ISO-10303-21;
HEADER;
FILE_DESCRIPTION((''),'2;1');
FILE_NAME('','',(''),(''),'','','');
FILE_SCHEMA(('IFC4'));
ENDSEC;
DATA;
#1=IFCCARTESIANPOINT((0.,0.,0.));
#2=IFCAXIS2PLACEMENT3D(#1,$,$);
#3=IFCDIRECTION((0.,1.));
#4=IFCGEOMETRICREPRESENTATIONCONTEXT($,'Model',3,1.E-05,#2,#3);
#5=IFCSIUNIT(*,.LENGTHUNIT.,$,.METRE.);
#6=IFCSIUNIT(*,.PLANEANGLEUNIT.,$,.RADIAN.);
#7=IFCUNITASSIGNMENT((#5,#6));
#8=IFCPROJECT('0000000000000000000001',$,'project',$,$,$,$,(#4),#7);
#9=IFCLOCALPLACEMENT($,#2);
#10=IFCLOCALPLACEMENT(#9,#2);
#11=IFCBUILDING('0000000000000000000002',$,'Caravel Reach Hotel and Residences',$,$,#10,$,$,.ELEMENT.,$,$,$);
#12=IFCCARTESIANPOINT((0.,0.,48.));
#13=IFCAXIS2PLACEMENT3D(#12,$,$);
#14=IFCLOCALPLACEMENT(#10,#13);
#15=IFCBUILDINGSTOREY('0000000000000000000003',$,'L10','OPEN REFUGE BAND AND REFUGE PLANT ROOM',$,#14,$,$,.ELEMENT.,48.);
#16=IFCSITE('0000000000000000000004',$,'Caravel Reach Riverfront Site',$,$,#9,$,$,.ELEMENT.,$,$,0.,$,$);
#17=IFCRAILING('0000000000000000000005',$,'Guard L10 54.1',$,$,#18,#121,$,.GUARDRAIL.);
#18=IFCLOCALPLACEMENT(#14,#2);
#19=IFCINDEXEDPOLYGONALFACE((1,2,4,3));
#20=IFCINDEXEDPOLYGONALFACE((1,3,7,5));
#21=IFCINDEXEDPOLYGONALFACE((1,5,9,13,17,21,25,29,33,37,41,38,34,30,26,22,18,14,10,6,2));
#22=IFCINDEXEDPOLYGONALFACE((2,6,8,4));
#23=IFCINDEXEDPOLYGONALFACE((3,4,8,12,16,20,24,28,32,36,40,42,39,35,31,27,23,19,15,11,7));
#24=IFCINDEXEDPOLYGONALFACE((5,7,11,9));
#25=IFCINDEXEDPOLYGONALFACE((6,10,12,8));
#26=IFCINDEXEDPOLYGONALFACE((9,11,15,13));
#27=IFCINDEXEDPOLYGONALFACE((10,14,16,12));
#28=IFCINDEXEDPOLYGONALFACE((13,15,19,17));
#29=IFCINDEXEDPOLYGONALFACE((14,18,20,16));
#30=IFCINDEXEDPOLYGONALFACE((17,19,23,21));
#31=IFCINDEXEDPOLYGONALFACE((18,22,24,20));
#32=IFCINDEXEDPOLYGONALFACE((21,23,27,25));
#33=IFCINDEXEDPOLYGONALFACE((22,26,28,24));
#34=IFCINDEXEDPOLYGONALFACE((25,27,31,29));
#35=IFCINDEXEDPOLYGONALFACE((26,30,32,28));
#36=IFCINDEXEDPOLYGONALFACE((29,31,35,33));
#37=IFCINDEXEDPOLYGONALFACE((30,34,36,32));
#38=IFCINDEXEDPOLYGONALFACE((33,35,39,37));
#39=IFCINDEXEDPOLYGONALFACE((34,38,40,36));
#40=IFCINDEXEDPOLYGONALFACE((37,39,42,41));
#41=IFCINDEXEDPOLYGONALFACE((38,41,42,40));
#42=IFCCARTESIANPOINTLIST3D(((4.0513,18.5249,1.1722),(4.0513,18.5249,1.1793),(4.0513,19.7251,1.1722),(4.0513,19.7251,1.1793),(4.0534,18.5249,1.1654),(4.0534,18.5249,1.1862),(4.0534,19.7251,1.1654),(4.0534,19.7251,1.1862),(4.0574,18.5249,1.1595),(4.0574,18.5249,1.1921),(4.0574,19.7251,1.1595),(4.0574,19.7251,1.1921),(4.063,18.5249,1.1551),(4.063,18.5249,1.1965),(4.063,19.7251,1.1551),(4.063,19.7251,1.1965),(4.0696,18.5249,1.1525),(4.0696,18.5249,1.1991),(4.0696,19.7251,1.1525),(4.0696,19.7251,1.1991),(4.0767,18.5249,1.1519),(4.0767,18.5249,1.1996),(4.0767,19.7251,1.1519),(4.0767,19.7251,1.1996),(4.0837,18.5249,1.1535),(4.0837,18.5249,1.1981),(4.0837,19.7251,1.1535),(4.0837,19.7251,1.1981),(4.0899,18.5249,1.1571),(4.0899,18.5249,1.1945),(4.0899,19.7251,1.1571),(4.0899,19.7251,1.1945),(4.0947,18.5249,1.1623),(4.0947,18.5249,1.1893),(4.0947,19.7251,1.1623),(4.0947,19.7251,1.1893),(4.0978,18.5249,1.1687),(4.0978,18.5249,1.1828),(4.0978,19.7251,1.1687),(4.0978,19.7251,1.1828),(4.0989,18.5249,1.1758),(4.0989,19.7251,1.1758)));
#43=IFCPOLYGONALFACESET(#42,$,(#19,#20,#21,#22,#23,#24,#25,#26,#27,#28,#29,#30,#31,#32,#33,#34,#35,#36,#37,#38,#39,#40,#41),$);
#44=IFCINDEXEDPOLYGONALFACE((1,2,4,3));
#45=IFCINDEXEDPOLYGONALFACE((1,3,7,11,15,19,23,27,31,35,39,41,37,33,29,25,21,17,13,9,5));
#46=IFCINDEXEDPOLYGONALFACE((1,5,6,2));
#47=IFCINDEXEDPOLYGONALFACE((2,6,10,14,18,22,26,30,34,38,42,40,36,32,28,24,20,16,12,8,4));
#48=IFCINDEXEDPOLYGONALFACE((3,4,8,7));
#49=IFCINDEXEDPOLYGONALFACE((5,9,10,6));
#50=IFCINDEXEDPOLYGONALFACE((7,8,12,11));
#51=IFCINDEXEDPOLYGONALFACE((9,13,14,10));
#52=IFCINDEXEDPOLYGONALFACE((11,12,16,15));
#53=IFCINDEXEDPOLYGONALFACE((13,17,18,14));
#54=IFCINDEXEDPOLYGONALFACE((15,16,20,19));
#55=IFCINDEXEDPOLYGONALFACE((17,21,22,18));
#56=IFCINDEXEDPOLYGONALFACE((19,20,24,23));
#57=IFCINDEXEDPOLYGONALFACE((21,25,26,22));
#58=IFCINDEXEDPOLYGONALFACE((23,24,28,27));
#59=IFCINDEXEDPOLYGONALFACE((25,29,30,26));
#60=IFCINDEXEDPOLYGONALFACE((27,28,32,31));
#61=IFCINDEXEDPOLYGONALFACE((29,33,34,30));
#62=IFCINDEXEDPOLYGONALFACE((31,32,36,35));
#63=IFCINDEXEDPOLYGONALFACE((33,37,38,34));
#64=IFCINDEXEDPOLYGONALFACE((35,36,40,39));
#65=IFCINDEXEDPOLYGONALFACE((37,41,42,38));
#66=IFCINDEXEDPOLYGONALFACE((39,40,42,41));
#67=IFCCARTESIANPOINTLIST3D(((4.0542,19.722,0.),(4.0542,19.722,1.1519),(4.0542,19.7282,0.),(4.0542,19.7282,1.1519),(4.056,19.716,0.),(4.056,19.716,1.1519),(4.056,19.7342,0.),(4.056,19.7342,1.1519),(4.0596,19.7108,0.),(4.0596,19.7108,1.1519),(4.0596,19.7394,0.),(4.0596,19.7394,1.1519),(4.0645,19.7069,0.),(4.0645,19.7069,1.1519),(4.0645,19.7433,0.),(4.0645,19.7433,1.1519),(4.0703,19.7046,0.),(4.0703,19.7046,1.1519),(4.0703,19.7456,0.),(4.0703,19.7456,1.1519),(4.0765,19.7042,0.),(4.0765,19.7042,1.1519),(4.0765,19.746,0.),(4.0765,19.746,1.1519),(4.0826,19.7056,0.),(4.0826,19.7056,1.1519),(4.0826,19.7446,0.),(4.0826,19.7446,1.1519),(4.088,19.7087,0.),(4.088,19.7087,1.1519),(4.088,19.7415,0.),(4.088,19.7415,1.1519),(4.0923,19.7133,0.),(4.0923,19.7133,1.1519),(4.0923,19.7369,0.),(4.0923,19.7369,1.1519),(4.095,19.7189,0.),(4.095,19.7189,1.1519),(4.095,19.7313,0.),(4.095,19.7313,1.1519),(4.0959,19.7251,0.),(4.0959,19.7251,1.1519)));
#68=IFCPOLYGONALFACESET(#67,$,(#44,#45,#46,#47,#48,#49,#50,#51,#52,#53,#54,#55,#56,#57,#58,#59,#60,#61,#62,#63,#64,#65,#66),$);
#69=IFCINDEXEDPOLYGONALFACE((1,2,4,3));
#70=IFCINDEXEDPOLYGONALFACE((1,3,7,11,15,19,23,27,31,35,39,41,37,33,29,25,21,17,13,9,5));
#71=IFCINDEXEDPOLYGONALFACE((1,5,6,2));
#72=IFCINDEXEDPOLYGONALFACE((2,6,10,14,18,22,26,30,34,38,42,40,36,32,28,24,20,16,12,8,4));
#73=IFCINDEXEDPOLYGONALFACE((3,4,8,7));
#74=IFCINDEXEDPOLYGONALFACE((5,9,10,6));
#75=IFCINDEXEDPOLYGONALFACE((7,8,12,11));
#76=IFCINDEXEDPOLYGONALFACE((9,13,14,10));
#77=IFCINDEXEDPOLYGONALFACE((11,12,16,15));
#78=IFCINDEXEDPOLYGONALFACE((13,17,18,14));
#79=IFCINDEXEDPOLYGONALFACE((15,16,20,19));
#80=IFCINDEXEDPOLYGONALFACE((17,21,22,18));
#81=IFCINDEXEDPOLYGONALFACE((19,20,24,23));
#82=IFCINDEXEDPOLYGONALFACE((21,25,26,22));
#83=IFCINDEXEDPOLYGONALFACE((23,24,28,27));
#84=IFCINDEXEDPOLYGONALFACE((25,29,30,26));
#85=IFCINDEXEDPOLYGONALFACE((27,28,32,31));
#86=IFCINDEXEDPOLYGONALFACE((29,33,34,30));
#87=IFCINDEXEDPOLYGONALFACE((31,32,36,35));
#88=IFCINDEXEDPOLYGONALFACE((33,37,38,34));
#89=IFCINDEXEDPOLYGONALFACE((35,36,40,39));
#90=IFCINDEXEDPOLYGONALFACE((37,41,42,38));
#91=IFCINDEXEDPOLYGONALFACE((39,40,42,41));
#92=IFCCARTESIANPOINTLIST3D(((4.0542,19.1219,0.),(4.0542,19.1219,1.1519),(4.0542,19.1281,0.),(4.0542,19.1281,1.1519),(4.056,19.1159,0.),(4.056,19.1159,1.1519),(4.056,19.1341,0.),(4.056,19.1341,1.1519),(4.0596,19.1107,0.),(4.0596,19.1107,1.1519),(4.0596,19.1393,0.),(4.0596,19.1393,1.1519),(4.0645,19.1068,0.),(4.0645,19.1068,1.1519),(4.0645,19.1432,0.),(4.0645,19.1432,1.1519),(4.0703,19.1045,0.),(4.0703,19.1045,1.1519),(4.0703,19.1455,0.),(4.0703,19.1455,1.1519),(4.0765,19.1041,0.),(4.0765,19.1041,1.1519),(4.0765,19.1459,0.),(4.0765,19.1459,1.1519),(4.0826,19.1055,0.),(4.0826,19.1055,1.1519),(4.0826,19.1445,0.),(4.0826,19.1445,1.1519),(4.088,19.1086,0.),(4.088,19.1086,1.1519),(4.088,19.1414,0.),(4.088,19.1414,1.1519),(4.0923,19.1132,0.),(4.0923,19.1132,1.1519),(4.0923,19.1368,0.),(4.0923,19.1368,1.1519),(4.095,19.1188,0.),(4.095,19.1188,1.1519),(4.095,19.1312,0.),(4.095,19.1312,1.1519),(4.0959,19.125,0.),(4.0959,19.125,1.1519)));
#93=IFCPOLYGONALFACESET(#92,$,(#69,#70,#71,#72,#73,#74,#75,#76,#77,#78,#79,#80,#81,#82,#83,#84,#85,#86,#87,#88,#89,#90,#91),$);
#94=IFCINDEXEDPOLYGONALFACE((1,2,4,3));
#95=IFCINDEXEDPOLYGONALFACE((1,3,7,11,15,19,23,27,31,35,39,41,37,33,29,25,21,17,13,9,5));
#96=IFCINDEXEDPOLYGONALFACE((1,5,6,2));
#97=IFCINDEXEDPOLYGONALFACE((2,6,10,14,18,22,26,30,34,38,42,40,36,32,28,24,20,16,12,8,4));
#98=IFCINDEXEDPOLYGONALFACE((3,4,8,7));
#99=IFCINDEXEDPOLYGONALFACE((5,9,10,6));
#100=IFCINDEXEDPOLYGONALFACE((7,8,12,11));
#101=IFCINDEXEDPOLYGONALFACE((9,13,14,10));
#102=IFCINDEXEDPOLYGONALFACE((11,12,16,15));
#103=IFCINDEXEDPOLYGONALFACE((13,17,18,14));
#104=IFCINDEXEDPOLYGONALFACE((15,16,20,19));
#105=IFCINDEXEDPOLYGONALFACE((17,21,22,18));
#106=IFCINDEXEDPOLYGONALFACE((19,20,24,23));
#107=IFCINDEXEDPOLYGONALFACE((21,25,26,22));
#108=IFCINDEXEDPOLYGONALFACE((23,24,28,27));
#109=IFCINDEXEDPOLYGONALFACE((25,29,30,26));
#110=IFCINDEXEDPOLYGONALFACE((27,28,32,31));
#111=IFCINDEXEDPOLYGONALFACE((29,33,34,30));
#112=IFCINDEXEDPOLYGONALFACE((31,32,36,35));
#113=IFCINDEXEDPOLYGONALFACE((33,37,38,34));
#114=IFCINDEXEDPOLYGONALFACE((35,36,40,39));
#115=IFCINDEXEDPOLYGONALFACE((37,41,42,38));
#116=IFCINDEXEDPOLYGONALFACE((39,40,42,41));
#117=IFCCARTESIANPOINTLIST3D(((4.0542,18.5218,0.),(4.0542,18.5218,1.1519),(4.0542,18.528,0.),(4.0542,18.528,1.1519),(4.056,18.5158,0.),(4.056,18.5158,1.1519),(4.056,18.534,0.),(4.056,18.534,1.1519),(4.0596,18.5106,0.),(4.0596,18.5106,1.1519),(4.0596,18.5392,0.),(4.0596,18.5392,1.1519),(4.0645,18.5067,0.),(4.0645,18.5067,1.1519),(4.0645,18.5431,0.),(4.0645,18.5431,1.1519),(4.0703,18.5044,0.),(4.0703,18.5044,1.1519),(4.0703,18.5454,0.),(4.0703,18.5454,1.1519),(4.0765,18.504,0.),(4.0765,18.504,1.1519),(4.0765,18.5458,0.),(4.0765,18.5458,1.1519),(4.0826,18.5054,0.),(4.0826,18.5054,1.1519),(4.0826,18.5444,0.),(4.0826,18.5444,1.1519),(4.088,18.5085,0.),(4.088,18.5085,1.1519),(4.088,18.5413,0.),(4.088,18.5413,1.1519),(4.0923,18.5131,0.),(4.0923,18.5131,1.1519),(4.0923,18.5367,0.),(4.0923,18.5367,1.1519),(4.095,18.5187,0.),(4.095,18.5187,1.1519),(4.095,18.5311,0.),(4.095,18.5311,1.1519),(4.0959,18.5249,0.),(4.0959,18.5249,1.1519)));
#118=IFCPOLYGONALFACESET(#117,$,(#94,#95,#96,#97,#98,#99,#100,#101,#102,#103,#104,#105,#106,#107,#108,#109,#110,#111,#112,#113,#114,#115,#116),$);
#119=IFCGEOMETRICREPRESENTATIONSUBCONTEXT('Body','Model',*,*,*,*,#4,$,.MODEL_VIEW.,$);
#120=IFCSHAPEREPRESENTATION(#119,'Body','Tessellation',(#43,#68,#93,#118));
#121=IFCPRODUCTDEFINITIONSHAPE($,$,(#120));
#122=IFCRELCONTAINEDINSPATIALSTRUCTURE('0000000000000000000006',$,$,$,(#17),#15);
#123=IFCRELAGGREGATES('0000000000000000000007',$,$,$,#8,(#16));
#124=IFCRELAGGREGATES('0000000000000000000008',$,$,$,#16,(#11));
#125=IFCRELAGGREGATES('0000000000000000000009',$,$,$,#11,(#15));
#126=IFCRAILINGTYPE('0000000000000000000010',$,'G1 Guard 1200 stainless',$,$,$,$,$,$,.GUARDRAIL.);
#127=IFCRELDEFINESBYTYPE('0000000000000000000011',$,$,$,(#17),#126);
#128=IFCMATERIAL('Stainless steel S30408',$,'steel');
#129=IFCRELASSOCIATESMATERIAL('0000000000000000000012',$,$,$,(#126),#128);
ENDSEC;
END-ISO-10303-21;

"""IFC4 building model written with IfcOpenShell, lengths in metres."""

from ifc_helpers import new_model, si_unit, direction, frame, origin, origin_2d, place, context, subcontext, project, spatial, circle, extrude, material, type_object, element, save


model = new_model("IFC4")

# Units and contexts
model_context = context("Model", 3, precision=1e-05, world=origin(), true_north=direction((0.0, 1.0)))
body_context = subcontext(model_context, "Body", "Model", "MODEL_VIEW")
ifc_project = project(units=[si_unit("LENGTHUNIT", "METRE"), si_unit("PLANEANGLEUNIT", "RADIAN")], contexts=[model_context])

# Site, building, storey
site_placement = place(None, origin())
site = spatial("IfcSite", under=ifc_project, at=site_placement, Name="Caravel Reach Riverfront Site", CompositionType="ELEMENT", RefElevation=0.0)
building_placement = place(site_placement, origin())
building = spatial("IfcBuilding", under=site, at=building_placement, Name="Caravel Reach Hotel and Residences", CompositionType="ELEMENT")
storey_placement = place(building_placement, frame((0.0, 0.0, 48.0)))
storey = spatial("IfcBuildingStorey", under=building, at=storey_placement, Name="L10", Description="OPEN REFUGE BAND AND REFUGE PLANT ROOM", CompositionType="ELEMENT", Elevation=48.0)

# Railing
ifc_material_1 = material(Name="Stainless steel S30408", Category="steel")
railing_type = type_object("IfcRailingType", Name="G1 Guard 1200 stainless", PredefinedType="GUARDRAIL", material=ifc_material_1)
railing_1_placement = place(storey_placement, frame((4.075, 19.7251, 0.0)))
element("IfcRailing", 1, at=railing_1_placement, inside=storey, type_object=railing_type, Name="Guard L10 54.1", PredefinedType="GUARDRAIL", context=body_context, shape_type="SweptSolid", body=[
    extrude(circle(Radius=0.0239, at=origin_2d()), frame((0.0, 0.0, 1.1758), z_axis=(0.0, -1.0, 0.0), x_axis=(1.0, 0.0, 0.0)), (0.0, 0.0, 1.0), 1.2002),
    extrude(circle(Radius=0.021, at=origin_2d()), origin(), (0.0, 0.0, 1.0), 1.1519),
    extrude(circle(Radius=0.021, at=origin_2d()), frame((0.0, -0.6001, 0.0)), (0.0, 0.0, 1.0), 1.1519),
    extrude(circle(Radius=0.021, at=origin_2d()), frame((0.0, -1.2002, 0.0)), (0.0, 0.0, 1.0), 1.1519),
])

save(model, "model.ifc")
